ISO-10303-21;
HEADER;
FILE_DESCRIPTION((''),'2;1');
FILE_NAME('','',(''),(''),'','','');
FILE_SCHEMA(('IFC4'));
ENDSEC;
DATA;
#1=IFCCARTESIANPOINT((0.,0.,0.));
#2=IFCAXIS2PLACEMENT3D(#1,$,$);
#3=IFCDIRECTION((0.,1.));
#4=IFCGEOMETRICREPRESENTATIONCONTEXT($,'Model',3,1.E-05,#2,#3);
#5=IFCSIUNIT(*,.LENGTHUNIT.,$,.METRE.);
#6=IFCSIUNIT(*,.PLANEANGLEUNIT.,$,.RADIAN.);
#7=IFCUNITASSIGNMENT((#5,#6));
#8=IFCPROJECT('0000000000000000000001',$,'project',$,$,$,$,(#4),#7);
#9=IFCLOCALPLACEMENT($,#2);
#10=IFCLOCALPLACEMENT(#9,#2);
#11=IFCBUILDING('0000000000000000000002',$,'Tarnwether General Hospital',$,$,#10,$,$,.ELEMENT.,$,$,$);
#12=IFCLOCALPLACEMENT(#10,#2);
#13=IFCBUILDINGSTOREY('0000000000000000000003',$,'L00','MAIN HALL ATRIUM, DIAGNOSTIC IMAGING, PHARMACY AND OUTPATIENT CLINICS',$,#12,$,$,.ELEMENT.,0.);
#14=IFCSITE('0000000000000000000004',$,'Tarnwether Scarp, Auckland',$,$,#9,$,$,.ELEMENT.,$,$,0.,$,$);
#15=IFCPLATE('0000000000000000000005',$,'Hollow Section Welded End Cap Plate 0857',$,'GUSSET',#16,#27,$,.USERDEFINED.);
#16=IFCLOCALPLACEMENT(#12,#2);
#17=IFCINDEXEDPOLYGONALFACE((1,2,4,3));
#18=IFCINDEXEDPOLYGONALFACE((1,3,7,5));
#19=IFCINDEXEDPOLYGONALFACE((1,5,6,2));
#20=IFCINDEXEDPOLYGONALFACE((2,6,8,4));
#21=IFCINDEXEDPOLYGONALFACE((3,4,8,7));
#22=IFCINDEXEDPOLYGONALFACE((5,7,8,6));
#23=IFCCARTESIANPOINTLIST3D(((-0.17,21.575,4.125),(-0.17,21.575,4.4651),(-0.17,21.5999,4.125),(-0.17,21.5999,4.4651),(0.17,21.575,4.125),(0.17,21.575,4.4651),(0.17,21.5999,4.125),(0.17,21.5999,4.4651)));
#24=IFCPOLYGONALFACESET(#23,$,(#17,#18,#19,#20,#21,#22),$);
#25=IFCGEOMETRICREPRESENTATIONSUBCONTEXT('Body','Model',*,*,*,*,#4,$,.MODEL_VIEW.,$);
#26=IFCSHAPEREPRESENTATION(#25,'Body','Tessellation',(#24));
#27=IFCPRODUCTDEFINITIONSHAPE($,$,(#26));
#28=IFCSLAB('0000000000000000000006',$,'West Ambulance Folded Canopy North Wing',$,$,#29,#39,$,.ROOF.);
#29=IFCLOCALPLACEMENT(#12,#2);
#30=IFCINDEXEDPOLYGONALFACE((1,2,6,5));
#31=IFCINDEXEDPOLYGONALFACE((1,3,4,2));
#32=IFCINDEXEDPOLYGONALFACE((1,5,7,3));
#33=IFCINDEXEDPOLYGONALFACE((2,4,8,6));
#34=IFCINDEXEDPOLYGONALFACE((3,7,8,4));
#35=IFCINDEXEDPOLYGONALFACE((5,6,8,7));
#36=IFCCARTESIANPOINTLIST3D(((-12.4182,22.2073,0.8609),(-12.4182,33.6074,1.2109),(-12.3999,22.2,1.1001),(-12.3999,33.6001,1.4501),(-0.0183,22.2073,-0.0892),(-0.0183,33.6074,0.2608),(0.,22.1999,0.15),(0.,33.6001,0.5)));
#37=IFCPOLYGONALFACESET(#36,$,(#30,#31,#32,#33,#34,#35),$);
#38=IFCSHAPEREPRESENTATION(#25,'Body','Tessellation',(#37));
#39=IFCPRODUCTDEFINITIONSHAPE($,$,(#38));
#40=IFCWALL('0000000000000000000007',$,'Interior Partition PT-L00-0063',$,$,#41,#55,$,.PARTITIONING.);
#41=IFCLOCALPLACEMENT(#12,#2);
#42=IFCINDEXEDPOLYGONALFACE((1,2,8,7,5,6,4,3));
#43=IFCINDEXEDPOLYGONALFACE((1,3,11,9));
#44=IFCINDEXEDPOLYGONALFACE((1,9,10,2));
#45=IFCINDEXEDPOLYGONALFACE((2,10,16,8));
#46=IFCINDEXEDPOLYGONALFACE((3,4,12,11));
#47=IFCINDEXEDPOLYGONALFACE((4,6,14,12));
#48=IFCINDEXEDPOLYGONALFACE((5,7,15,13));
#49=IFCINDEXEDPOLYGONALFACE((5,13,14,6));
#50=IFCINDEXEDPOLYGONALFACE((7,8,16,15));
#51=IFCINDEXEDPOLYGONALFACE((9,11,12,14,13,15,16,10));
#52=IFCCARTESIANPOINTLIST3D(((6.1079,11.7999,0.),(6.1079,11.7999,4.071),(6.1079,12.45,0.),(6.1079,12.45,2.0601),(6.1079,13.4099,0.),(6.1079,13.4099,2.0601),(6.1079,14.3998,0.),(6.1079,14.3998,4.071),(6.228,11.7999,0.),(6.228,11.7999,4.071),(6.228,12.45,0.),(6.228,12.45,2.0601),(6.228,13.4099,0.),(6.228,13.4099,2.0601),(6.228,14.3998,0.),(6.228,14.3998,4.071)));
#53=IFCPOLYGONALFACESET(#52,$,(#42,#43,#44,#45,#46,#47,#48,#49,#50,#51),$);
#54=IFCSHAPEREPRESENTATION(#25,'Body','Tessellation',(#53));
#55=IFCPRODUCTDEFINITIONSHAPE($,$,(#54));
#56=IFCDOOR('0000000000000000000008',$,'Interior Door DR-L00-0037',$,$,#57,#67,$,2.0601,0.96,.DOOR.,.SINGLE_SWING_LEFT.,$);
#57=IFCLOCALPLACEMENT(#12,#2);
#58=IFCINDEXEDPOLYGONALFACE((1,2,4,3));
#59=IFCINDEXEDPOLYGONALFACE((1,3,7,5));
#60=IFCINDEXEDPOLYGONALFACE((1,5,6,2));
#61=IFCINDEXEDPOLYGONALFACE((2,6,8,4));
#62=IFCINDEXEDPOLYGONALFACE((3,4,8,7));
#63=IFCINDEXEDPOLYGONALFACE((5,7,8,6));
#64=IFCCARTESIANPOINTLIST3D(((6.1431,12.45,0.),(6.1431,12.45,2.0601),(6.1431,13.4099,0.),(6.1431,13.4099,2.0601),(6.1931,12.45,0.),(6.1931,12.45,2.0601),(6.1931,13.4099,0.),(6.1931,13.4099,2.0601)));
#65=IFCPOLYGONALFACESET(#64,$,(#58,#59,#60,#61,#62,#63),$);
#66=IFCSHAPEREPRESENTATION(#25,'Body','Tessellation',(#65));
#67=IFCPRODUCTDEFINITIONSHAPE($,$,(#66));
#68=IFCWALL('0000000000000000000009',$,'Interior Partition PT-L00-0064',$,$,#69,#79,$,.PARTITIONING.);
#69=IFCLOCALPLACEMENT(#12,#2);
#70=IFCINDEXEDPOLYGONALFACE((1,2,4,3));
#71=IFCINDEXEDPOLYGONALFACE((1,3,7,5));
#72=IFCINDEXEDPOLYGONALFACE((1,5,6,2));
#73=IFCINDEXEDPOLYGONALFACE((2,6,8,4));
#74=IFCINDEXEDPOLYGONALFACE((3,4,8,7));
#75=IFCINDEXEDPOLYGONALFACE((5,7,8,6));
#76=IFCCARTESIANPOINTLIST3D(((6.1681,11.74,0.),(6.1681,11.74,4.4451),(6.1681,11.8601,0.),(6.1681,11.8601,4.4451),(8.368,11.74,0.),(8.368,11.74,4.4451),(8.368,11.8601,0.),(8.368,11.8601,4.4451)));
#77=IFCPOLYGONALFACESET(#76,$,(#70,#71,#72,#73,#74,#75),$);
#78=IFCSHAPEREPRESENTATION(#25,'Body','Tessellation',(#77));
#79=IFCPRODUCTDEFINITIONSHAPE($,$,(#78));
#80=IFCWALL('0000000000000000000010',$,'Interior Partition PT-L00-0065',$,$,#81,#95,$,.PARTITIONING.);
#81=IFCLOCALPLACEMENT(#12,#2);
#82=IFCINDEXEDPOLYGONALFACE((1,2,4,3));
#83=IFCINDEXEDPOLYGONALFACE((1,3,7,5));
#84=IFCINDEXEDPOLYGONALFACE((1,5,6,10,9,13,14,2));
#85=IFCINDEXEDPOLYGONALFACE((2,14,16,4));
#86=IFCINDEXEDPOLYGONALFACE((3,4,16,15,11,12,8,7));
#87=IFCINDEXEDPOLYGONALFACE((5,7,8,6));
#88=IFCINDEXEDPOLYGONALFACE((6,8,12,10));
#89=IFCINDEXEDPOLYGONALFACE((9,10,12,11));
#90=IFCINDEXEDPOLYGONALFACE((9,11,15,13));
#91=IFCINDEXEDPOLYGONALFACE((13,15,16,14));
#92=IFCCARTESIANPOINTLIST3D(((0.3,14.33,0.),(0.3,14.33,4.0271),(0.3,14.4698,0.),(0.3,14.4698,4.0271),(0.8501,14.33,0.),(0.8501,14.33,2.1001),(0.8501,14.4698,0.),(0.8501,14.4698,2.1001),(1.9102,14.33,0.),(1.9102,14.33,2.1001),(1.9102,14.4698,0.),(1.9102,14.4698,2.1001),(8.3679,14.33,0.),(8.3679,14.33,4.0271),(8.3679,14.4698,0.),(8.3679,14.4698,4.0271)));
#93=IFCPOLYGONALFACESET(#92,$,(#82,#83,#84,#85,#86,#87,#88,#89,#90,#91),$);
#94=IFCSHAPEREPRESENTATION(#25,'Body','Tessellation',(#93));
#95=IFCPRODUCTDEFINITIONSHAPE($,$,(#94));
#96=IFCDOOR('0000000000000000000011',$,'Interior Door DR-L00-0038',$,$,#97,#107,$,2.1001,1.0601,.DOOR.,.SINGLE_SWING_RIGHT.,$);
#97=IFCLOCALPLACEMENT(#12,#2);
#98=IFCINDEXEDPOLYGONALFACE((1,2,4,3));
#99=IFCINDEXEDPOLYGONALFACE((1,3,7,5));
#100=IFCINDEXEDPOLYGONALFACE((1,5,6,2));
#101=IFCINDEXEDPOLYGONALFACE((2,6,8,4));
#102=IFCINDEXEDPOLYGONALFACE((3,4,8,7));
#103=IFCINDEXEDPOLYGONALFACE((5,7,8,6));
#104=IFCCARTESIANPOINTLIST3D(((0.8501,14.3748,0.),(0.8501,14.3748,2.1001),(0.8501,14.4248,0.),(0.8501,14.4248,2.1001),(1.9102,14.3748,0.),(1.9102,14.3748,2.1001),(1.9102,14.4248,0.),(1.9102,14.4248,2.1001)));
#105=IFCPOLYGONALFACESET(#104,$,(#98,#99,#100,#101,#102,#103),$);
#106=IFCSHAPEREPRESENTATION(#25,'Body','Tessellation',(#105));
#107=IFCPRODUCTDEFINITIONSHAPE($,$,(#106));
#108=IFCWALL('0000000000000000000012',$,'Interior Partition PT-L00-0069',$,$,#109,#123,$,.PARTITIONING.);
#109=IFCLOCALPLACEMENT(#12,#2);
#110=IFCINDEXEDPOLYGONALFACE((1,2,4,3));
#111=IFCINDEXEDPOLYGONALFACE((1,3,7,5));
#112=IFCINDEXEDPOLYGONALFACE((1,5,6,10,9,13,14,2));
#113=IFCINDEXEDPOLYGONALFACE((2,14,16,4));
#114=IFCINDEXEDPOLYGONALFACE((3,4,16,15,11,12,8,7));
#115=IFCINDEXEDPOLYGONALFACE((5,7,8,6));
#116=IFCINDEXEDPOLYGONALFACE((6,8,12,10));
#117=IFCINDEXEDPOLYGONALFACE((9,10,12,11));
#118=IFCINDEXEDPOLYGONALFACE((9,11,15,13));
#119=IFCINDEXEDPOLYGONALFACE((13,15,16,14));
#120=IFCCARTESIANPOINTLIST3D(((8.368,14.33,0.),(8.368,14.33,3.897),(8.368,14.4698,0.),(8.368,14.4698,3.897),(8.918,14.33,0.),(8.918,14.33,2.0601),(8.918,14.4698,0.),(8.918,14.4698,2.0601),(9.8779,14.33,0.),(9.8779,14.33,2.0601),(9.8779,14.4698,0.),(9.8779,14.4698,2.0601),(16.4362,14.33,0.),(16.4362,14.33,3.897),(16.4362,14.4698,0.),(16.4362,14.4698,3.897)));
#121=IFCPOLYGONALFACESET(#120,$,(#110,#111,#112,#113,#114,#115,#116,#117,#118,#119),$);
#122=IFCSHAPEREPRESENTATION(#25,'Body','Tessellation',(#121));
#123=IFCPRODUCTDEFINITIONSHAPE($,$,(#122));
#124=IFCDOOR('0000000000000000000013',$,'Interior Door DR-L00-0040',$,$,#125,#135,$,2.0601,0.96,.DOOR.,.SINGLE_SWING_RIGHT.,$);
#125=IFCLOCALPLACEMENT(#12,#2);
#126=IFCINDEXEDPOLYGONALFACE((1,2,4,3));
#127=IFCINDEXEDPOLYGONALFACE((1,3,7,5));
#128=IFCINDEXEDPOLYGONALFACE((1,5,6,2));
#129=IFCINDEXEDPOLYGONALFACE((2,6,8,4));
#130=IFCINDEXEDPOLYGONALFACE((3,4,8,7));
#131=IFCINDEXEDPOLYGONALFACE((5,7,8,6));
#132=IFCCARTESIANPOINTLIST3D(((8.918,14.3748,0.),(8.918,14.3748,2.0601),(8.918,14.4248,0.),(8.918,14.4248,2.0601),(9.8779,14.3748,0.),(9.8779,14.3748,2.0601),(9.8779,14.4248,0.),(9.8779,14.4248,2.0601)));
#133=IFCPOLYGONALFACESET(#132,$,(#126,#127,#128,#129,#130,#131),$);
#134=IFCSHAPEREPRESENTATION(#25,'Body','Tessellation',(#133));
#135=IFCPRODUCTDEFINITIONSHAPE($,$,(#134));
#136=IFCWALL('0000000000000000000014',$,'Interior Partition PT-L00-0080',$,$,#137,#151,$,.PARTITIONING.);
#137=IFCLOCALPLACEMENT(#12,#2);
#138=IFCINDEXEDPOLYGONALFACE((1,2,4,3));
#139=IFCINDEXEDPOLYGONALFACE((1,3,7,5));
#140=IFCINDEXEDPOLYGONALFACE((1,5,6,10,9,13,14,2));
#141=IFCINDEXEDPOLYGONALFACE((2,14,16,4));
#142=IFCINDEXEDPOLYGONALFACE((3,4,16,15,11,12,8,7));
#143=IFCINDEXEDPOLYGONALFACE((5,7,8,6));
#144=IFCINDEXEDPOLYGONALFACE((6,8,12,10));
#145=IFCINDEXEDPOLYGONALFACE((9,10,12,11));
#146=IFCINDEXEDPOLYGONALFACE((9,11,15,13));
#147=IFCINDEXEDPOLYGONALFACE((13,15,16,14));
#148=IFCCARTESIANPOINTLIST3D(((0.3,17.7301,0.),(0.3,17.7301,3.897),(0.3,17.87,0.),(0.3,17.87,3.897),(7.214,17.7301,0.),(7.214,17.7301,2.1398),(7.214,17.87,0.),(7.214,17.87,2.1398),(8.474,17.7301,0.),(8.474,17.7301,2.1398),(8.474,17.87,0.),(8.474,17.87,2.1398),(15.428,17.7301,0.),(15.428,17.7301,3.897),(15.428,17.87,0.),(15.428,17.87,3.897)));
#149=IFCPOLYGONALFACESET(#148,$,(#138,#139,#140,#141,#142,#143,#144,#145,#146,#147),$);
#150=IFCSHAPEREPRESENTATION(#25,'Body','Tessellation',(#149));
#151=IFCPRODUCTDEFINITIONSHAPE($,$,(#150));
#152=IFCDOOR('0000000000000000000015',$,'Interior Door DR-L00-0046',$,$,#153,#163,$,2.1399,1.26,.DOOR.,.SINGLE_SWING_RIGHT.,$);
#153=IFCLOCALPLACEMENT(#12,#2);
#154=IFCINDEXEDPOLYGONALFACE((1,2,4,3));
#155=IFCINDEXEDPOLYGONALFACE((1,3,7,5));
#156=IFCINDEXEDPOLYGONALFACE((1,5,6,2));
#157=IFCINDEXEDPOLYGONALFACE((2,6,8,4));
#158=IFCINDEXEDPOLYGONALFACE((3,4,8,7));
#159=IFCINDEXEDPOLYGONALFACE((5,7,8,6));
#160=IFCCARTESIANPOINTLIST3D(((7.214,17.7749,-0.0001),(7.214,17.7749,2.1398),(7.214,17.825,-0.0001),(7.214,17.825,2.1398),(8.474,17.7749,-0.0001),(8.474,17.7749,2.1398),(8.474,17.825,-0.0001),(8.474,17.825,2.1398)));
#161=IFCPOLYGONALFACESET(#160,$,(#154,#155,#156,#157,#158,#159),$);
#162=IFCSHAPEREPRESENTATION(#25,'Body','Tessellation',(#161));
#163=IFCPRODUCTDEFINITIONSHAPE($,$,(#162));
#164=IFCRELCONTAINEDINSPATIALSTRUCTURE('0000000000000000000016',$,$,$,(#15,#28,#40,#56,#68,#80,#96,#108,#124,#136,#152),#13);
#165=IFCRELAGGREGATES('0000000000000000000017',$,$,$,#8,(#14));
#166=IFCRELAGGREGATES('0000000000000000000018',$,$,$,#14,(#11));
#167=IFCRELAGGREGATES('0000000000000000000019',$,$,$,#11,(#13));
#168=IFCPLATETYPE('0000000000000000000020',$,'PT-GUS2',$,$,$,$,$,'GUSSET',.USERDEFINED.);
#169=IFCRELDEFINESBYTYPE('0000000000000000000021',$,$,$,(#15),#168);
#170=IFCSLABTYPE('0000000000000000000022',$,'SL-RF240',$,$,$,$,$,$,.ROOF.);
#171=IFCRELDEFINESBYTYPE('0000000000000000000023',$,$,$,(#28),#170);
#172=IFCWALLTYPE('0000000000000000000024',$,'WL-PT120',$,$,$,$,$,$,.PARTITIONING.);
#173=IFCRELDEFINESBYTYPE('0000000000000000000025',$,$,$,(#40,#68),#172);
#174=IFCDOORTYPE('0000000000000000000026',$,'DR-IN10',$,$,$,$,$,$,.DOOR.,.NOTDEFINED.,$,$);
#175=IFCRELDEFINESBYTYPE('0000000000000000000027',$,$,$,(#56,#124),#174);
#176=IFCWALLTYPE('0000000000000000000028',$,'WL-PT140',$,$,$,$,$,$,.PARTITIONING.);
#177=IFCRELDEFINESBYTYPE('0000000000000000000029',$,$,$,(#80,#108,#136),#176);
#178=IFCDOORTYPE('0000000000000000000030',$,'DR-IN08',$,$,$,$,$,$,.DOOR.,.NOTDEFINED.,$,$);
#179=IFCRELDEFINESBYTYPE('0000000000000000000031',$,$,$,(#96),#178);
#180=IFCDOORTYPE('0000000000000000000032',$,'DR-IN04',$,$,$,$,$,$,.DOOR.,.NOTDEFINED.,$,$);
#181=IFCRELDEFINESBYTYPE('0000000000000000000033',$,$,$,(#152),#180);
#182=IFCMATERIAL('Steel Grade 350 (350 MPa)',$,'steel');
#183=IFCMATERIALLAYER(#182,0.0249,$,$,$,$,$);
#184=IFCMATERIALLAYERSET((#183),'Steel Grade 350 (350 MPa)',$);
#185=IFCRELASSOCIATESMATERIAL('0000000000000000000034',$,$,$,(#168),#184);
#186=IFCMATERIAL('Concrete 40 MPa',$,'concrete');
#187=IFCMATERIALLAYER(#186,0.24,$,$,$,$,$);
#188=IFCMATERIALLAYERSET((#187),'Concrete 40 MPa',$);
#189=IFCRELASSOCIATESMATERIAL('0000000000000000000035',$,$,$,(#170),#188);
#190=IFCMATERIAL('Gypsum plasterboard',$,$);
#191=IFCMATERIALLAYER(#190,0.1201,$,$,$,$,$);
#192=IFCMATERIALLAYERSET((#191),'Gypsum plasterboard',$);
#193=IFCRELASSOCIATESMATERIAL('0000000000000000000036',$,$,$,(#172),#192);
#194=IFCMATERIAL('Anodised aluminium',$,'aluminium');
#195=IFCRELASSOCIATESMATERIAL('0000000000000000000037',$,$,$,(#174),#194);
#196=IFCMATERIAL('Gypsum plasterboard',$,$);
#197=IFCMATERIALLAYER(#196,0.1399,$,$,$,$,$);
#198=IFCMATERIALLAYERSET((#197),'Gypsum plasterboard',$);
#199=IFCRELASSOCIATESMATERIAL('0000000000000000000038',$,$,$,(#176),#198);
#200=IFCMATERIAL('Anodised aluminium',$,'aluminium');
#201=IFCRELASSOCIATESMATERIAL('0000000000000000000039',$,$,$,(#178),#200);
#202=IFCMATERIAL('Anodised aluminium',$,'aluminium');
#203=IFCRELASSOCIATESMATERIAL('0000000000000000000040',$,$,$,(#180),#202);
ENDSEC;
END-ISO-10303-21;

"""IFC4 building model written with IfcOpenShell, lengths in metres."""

from ifc_helpers import new_model, si_unit, direction, frame, frame_2d, origin, origin_2d, place, context, subcontext, project, spatial, polyline, rectangle, outline, extrude, material, layer, layer_set, type_object, element, fill, save


model = new_model("IFC4")

# Units and contexts
model_context = context("Model", 3, precision=1e-05, world=origin(), true_north=direction((0.0, 1.0)))
body_context = subcontext(model_context, "Body", "Model", "MODEL_VIEW")
ifc_project = project(units=[si_unit("LENGTHUNIT", "METRE"), si_unit("PLANEANGLEUNIT", "RADIAN")], contexts=[model_context])

# Site, building, storey
site_placement = place(None, origin())
site = spatial("IfcSite", under=ifc_project, at=site_placement, Name="Tarnwether Scarp, Auckland", CompositionType="ELEMENT", RefElevation=0.0)
building_placement = place(site_placement, origin())
building = spatial("IfcBuilding", under=site, at=building_placement, Name="Tarnwether General Hospital", CompositionType="ELEMENT")
storey_placement = place(building_placement, origin())
storey = spatial("IfcBuildingStorey", under=building, at=storey_placement, Name="L00", Description="MAIN HALL ATRIUM, DIAGNOSTIC IMAGING, PHARMACY AND OUTPATIENT CLINICS", CompositionType="ELEMENT", Elevation=0.0)

# Plate
ifc_material_1 = material(Name="Steel Grade 350 (350 MPa)", Category="steel")
ifc_layer_1 = layer(ifc_material_1, 0.0249)
ifc_layer_set_1 = layer_set([ifc_layer_1], Name="Steel Grade 350 (350 MPa)")
plate_type = type_object("IfcPlateType", Name="PT-GUS2", ElementType="GUSSET", PredefinedType="USERDEFINED", material=ifc_layer_set_1)
plate_placement = place(storey_placement, frame((0.0, 21.5874, 4.125), z_axis=(0.0, 0.0, 1.0), x_axis=(0.0, 1.0, 0.0)))
element("IfcPlate", 1, at=plate_placement, inside=storey, type_object=plate_type, Name="Hollow Section Welded End Cap Plate 0857", ObjectType="GUSSET", PredefinedType="USERDEFINED", context=body_context, shape_type="SweptSolid", body=[
    extrude(rectangle(XDim=0.0249, YDim=0.3401, at=origin_2d()), origin(), (0.0, 0.0, 1.0), 0.3401),
])

# Slab
ifc_material_2 = material(Name="Concrete 40 MPa", Category="concrete")
ifc_layer_2 = layer(ifc_material_2, 0.24)
ifc_layer_set_2 = layer_set([ifc_layer_2], Name="Concrete 40 MPa")
slab_type = type_object("IfcSlabType", Name="SL-RF240", PredefinedType="ROOF", material=ifc_layer_set_2)
slab_placement = place(storey_placement, frame((-12.3999, 22.2, 1.1001), z_axis=(0.07636, -0.030595, 0.996611), x_axis=(0.997078, 0.0, -0.076396)))
element("IfcSlab", 2, at=slab_placement, inside=storey, type_object=slab_type, Name="West Ambulance Folded Canopy North Wing", PredefinedType="ROOF", context=body_context, shape_type="SweptSolid", body=[
    extrude(outline(polyline([(0.0, 0.0), (12.4363, 0.0), (12.4095, 11.4055), (-0.0267, 11.4055), (0.0, 0.0)])), origin(), (0.0, 0.0, -1.0), 0.24),
])

# Wall, opening, door
ifc_material_3 = material(Name="Gypsum plasterboard")
ifc_layer_3 = layer(ifc_material_3, 0.1201)
ifc_layer_set_3 = layer_set([ifc_layer_3], Name="Gypsum plasterboard")
wall_type_1 = type_object("IfcWallType", Name="WL-PT120", PredefinedType="PARTITIONING", material=ifc_layer_set_3)
wall_1_placement = place(storey_placement, frame((6.168, 11.8, 0.0), z_axis=(0.0, 0.0, 1.0), x_axis=(0.0, 1.0, 0.0)))
wall_1 = element("IfcWall", 3, at=wall_1_placement, inside=storey, type_object=wall_type_1, Name="Interior Partition PT-L00-0063", PredefinedType="PARTITIONING", context=body_context, shape_type="SweptSolid", body=[
    extrude(rectangle(XDim=2.5999, YDim=0.1201, at=frame_2d((1.2998, 0.0))), origin(), (0.0, 0.0, 1.0), 4.071),
])
opening_1_placement = place(wall_1_placement, frame((0.6499, 0.0, 0.0)))
opening_1 = element("IfcOpeningElement", 4, at=opening_1_placement, cuts=wall_1, PredefinedType="OPENING", context=body_context, shape_type="SweptSolid", body=[
    extrude(rectangle(XDim=0.96, YDim=2.0601, at=frame_2d((0.48, 1.03))), frame((0.0, 0.0701, 0.0), z_axis=(0.0, -1.0, 0.0), x_axis=(1.0, 0.0, 0.0)), (0.0, 0.0, 1.0), 0.1401),
])
ifc_material_4 = material(Name="Anodised aluminium", Category="aluminium")
door_type_1 = type_object("IfcDoorType", Name="DR-IN10", OperationType="NOTDEFINED", PredefinedType="DOOR", material=ifc_material_4)
door_1_placement = place(opening_1_placement, origin())
door_1 = element("IfcDoor", 5, at=door_1_placement, inside=storey, type_object=door_type_1, Name="Interior Door DR-L00-0037", OperationType="SINGLE_SWING_LEFT", OverallHeight=2.0601, OverallWidth=0.96, PredefinedType="DOOR", context=body_context, shape_type="SweptSolid", body=[
    extrude(rectangle(XDim=0.96, YDim=2.0601, at=frame_2d((0.48, 1.03))), frame((0.0, 0.0249, 0.0), z_axis=(0.0, -1.0, 0.0), x_axis=(1.0, 0.0, 0.0)), (0.0, 0.0, 1.0), 0.05),
])
fill(opening_1, door_1)

# Wall
wall_2_placement = place(storey_placement, frame((6.168, 11.8, 0.0), z_axis=(0.0, 0.0, 1.0), x_axis=(1.0, 0.0, 0.0)))
element("IfcWall", 6, at=wall_2_placement, inside=storey, type_object=wall_type_1, Name="Interior Partition PT-L00-0064", PredefinedType="PARTITIONING", context=body_context, shape_type="SweptSolid", body=[
    extrude(rectangle(XDim=2.2, YDim=0.1201, at=frame_2d((1.1001, 0.0))), origin(), (0.0, 0.0, 1.0), 4.4451),
])

# Walls, openings, doors
ifc_material_5 = material(Name="Gypsum plasterboard")
ifc_layer_4 = layer(ifc_material_5, 0.1399)
ifc_layer_set_4 = layer_set([ifc_layer_4], Name="Gypsum plasterboard")
wall_type_2 = type_object("IfcWallType", Name="WL-PT140", PredefinedType="PARTITIONING", material=ifc_layer_set_4)
wall_3_placement = place(storey_placement, frame((0.3, 14.3999, 0.0), z_axis=(0.0, 0.0, 1.0), x_axis=(1.0, 0.0, 0.0)))
wall_3 = element("IfcWall", 7, at=wall_3_placement, inside=storey, type_object=wall_type_2, Name="Interior Partition PT-L00-0065", PredefinedType="PARTITIONING", context=body_context, shape_type="SweptSolid", body=[
    extrude(rectangle(XDim=8.0679, YDim=0.1399, at=frame_2d((4.0339, 0.0))), origin(), (0.0, 0.0, 1.0), 4.0271),
])
opening_2_placement = place(wall_3_placement, frame((0.55, 0.0, 0.0)))
opening_2 = element("IfcOpeningElement", 8, at=opening_2_placement, cuts=wall_3, PredefinedType="OPENING", context=body_context, shape_type="SweptSolid", body=[
    extrude(rectangle(XDim=1.0601, YDim=2.1001, at=frame_2d((0.53, 1.05))), frame((0.0, 0.0801, 0.0), z_axis=(0.0, -1.0, 0.0), x_axis=(1.0, 0.0, 0.0)), (0.0, 0.0, 1.0), 0.1599),
])
ifc_material_6 = material(Name="Anodised aluminium", Category="aluminium")
door_type_2 = type_object("IfcDoorType", Name="DR-IN08", OperationType="NOTDEFINED", PredefinedType="DOOR", material=ifc_material_6)
door_2_placement = place(opening_2_placement, origin())
door_2 = element("IfcDoor", 9, at=door_2_placement, inside=storey, type_object=door_type_2, Name="Interior Door DR-L00-0038", OperationType="SINGLE_SWING_RIGHT", OverallHeight=2.1001, OverallWidth=1.0601, PredefinedType="DOOR", context=body_context, shape_type="SweptSolid", body=[
    extrude(rectangle(XDim=1.0601, YDim=2.1001, at=frame_2d((0.53, 1.05))), frame((0.0, 0.0249, 0.0), z_axis=(0.0, -1.0, 0.0), x_axis=(1.0, 0.0, 0.0)), (0.0, 0.0, 1.0), 0.05),
])
fill(opening_2, door_2)
wall_4_placement = place(storey_placement, frame((8.3679, 14.3999, 0.0), z_axis=(0.0, 0.0, 1.0), x_axis=(1.0, 0.0, 0.0)))
wall_4 = element("IfcWall", 10, at=wall_4_placement, inside=storey, type_object=wall_type_2, Name="Interior Partition PT-L00-0069", PredefinedType="PARTITIONING", context=body_context, shape_type="SweptSolid", body=[
    extrude(rectangle(XDim=8.0681, YDim=0.1399, at=frame_2d((4.0342, 0.0))), origin(), (0.0, 0.0, 1.0), 3.897),
])
opening_3_placement = place(wall_4_placement, frame((0.55, 0.0, 0.0)))
opening_3 = element("IfcOpeningElement", 11, at=opening_3_placement, cuts=wall_4, PredefinedType="OPENING", context=body_context, shape_type="SweptSolid", body=[
    extrude(rectangle(XDim=0.96, YDim=2.0601, at=frame_2d((0.48, 1.03))), frame((0.0, 0.0801, 0.0), z_axis=(0.0, -1.0, 0.0), x_axis=(1.0, 0.0, 0.0)), (0.0, 0.0, 1.0), 0.1599),
])
door_3_placement = place(opening_3_placement, origin())
door_3 = element("IfcDoor", 12, at=door_3_placement, inside=storey, type_object=door_type_1, Name="Interior Door DR-L00-0040", OperationType="SINGLE_SWING_RIGHT", OverallHeight=2.0601, OverallWidth=0.96, PredefinedType="DOOR", context=body_context, shape_type="SweptSolid", body=[
    extrude(rectangle(XDim=0.96, YDim=2.0601, at=frame_2d((0.48, 1.03))), frame((0.0, 0.0249, 0.0), z_axis=(0.0, -1.0, 0.0), x_axis=(1.0, 0.0, 0.0)), (0.0, 0.0, 1.0), 0.05),
])
fill(opening_3, door_3)
wall_5_placement = place(storey_placement, frame((0.3, 17.8, 0.0), z_axis=(0.0, 0.0, 1.0), x_axis=(1.0, 0.0, 0.0)))
wall_5 = element("IfcWall", 13, at=wall_5_placement, inside=storey, type_object=wall_type_2, Name="Interior Partition PT-L00-0080", PredefinedType="PARTITIONING", context=body_context, shape_type="SweptSolid", body=[
    extrude(rectangle(XDim=15.1279, YDim=0.1399, at=frame_2d((7.564, 0.0))), origin(), (0.0, 0.0, 1.0), 3.897),
])
opening_4_placement = place(wall_5_placement, frame((6.9141, 0.0, 0.0)))
opening_4 = element("IfcOpeningElement", 14, at=opening_4_placement, cuts=wall_5, PredefinedType="OPENING", context=body_context, shape_type="SweptSolid", body=[
    extrude(rectangle(XDim=1.26, YDim=2.1399, at=frame_2d((0.6299, 1.0698))), frame((0.0, 0.0801, 0.0), z_axis=(0.0, -1.0, 0.0), x_axis=(1.0, 0.0, 0.0)), (0.0, 0.0, 1.0), 0.1599),
])
ifc_material_7 = material(Name="Anodised aluminium", Category="aluminium")
door_type_3 = type_object("IfcDoorType", Name="DR-IN04", OperationType="NOTDEFINED", PredefinedType="DOOR", material=ifc_material_7)
door_4_placement = place(opening_4_placement, origin())
door_4 = element("IfcDoor", 15, at=door_4_placement, inside=storey, type_object=door_type_3, Name="Interior Door DR-L00-0046", OperationType="SINGLE_SWING_RIGHT", OverallHeight=2.1399, OverallWidth=1.26, PredefinedType="DOOR", context=body_context, shape_type="SweptSolid", body=[
    extrude(rectangle(XDim=1.26, YDim=2.1399, at=frame_2d((0.6299, 1.0698))), frame((0.0, 0.0249, 0.0), z_axis=(0.0, -1.0, 0.0), x_axis=(1.0, 0.0, 0.0)), (0.0, 0.0, 1.0), 0.05),
])
fill(opening_4, door_4)

save(model, "model.ifc")
